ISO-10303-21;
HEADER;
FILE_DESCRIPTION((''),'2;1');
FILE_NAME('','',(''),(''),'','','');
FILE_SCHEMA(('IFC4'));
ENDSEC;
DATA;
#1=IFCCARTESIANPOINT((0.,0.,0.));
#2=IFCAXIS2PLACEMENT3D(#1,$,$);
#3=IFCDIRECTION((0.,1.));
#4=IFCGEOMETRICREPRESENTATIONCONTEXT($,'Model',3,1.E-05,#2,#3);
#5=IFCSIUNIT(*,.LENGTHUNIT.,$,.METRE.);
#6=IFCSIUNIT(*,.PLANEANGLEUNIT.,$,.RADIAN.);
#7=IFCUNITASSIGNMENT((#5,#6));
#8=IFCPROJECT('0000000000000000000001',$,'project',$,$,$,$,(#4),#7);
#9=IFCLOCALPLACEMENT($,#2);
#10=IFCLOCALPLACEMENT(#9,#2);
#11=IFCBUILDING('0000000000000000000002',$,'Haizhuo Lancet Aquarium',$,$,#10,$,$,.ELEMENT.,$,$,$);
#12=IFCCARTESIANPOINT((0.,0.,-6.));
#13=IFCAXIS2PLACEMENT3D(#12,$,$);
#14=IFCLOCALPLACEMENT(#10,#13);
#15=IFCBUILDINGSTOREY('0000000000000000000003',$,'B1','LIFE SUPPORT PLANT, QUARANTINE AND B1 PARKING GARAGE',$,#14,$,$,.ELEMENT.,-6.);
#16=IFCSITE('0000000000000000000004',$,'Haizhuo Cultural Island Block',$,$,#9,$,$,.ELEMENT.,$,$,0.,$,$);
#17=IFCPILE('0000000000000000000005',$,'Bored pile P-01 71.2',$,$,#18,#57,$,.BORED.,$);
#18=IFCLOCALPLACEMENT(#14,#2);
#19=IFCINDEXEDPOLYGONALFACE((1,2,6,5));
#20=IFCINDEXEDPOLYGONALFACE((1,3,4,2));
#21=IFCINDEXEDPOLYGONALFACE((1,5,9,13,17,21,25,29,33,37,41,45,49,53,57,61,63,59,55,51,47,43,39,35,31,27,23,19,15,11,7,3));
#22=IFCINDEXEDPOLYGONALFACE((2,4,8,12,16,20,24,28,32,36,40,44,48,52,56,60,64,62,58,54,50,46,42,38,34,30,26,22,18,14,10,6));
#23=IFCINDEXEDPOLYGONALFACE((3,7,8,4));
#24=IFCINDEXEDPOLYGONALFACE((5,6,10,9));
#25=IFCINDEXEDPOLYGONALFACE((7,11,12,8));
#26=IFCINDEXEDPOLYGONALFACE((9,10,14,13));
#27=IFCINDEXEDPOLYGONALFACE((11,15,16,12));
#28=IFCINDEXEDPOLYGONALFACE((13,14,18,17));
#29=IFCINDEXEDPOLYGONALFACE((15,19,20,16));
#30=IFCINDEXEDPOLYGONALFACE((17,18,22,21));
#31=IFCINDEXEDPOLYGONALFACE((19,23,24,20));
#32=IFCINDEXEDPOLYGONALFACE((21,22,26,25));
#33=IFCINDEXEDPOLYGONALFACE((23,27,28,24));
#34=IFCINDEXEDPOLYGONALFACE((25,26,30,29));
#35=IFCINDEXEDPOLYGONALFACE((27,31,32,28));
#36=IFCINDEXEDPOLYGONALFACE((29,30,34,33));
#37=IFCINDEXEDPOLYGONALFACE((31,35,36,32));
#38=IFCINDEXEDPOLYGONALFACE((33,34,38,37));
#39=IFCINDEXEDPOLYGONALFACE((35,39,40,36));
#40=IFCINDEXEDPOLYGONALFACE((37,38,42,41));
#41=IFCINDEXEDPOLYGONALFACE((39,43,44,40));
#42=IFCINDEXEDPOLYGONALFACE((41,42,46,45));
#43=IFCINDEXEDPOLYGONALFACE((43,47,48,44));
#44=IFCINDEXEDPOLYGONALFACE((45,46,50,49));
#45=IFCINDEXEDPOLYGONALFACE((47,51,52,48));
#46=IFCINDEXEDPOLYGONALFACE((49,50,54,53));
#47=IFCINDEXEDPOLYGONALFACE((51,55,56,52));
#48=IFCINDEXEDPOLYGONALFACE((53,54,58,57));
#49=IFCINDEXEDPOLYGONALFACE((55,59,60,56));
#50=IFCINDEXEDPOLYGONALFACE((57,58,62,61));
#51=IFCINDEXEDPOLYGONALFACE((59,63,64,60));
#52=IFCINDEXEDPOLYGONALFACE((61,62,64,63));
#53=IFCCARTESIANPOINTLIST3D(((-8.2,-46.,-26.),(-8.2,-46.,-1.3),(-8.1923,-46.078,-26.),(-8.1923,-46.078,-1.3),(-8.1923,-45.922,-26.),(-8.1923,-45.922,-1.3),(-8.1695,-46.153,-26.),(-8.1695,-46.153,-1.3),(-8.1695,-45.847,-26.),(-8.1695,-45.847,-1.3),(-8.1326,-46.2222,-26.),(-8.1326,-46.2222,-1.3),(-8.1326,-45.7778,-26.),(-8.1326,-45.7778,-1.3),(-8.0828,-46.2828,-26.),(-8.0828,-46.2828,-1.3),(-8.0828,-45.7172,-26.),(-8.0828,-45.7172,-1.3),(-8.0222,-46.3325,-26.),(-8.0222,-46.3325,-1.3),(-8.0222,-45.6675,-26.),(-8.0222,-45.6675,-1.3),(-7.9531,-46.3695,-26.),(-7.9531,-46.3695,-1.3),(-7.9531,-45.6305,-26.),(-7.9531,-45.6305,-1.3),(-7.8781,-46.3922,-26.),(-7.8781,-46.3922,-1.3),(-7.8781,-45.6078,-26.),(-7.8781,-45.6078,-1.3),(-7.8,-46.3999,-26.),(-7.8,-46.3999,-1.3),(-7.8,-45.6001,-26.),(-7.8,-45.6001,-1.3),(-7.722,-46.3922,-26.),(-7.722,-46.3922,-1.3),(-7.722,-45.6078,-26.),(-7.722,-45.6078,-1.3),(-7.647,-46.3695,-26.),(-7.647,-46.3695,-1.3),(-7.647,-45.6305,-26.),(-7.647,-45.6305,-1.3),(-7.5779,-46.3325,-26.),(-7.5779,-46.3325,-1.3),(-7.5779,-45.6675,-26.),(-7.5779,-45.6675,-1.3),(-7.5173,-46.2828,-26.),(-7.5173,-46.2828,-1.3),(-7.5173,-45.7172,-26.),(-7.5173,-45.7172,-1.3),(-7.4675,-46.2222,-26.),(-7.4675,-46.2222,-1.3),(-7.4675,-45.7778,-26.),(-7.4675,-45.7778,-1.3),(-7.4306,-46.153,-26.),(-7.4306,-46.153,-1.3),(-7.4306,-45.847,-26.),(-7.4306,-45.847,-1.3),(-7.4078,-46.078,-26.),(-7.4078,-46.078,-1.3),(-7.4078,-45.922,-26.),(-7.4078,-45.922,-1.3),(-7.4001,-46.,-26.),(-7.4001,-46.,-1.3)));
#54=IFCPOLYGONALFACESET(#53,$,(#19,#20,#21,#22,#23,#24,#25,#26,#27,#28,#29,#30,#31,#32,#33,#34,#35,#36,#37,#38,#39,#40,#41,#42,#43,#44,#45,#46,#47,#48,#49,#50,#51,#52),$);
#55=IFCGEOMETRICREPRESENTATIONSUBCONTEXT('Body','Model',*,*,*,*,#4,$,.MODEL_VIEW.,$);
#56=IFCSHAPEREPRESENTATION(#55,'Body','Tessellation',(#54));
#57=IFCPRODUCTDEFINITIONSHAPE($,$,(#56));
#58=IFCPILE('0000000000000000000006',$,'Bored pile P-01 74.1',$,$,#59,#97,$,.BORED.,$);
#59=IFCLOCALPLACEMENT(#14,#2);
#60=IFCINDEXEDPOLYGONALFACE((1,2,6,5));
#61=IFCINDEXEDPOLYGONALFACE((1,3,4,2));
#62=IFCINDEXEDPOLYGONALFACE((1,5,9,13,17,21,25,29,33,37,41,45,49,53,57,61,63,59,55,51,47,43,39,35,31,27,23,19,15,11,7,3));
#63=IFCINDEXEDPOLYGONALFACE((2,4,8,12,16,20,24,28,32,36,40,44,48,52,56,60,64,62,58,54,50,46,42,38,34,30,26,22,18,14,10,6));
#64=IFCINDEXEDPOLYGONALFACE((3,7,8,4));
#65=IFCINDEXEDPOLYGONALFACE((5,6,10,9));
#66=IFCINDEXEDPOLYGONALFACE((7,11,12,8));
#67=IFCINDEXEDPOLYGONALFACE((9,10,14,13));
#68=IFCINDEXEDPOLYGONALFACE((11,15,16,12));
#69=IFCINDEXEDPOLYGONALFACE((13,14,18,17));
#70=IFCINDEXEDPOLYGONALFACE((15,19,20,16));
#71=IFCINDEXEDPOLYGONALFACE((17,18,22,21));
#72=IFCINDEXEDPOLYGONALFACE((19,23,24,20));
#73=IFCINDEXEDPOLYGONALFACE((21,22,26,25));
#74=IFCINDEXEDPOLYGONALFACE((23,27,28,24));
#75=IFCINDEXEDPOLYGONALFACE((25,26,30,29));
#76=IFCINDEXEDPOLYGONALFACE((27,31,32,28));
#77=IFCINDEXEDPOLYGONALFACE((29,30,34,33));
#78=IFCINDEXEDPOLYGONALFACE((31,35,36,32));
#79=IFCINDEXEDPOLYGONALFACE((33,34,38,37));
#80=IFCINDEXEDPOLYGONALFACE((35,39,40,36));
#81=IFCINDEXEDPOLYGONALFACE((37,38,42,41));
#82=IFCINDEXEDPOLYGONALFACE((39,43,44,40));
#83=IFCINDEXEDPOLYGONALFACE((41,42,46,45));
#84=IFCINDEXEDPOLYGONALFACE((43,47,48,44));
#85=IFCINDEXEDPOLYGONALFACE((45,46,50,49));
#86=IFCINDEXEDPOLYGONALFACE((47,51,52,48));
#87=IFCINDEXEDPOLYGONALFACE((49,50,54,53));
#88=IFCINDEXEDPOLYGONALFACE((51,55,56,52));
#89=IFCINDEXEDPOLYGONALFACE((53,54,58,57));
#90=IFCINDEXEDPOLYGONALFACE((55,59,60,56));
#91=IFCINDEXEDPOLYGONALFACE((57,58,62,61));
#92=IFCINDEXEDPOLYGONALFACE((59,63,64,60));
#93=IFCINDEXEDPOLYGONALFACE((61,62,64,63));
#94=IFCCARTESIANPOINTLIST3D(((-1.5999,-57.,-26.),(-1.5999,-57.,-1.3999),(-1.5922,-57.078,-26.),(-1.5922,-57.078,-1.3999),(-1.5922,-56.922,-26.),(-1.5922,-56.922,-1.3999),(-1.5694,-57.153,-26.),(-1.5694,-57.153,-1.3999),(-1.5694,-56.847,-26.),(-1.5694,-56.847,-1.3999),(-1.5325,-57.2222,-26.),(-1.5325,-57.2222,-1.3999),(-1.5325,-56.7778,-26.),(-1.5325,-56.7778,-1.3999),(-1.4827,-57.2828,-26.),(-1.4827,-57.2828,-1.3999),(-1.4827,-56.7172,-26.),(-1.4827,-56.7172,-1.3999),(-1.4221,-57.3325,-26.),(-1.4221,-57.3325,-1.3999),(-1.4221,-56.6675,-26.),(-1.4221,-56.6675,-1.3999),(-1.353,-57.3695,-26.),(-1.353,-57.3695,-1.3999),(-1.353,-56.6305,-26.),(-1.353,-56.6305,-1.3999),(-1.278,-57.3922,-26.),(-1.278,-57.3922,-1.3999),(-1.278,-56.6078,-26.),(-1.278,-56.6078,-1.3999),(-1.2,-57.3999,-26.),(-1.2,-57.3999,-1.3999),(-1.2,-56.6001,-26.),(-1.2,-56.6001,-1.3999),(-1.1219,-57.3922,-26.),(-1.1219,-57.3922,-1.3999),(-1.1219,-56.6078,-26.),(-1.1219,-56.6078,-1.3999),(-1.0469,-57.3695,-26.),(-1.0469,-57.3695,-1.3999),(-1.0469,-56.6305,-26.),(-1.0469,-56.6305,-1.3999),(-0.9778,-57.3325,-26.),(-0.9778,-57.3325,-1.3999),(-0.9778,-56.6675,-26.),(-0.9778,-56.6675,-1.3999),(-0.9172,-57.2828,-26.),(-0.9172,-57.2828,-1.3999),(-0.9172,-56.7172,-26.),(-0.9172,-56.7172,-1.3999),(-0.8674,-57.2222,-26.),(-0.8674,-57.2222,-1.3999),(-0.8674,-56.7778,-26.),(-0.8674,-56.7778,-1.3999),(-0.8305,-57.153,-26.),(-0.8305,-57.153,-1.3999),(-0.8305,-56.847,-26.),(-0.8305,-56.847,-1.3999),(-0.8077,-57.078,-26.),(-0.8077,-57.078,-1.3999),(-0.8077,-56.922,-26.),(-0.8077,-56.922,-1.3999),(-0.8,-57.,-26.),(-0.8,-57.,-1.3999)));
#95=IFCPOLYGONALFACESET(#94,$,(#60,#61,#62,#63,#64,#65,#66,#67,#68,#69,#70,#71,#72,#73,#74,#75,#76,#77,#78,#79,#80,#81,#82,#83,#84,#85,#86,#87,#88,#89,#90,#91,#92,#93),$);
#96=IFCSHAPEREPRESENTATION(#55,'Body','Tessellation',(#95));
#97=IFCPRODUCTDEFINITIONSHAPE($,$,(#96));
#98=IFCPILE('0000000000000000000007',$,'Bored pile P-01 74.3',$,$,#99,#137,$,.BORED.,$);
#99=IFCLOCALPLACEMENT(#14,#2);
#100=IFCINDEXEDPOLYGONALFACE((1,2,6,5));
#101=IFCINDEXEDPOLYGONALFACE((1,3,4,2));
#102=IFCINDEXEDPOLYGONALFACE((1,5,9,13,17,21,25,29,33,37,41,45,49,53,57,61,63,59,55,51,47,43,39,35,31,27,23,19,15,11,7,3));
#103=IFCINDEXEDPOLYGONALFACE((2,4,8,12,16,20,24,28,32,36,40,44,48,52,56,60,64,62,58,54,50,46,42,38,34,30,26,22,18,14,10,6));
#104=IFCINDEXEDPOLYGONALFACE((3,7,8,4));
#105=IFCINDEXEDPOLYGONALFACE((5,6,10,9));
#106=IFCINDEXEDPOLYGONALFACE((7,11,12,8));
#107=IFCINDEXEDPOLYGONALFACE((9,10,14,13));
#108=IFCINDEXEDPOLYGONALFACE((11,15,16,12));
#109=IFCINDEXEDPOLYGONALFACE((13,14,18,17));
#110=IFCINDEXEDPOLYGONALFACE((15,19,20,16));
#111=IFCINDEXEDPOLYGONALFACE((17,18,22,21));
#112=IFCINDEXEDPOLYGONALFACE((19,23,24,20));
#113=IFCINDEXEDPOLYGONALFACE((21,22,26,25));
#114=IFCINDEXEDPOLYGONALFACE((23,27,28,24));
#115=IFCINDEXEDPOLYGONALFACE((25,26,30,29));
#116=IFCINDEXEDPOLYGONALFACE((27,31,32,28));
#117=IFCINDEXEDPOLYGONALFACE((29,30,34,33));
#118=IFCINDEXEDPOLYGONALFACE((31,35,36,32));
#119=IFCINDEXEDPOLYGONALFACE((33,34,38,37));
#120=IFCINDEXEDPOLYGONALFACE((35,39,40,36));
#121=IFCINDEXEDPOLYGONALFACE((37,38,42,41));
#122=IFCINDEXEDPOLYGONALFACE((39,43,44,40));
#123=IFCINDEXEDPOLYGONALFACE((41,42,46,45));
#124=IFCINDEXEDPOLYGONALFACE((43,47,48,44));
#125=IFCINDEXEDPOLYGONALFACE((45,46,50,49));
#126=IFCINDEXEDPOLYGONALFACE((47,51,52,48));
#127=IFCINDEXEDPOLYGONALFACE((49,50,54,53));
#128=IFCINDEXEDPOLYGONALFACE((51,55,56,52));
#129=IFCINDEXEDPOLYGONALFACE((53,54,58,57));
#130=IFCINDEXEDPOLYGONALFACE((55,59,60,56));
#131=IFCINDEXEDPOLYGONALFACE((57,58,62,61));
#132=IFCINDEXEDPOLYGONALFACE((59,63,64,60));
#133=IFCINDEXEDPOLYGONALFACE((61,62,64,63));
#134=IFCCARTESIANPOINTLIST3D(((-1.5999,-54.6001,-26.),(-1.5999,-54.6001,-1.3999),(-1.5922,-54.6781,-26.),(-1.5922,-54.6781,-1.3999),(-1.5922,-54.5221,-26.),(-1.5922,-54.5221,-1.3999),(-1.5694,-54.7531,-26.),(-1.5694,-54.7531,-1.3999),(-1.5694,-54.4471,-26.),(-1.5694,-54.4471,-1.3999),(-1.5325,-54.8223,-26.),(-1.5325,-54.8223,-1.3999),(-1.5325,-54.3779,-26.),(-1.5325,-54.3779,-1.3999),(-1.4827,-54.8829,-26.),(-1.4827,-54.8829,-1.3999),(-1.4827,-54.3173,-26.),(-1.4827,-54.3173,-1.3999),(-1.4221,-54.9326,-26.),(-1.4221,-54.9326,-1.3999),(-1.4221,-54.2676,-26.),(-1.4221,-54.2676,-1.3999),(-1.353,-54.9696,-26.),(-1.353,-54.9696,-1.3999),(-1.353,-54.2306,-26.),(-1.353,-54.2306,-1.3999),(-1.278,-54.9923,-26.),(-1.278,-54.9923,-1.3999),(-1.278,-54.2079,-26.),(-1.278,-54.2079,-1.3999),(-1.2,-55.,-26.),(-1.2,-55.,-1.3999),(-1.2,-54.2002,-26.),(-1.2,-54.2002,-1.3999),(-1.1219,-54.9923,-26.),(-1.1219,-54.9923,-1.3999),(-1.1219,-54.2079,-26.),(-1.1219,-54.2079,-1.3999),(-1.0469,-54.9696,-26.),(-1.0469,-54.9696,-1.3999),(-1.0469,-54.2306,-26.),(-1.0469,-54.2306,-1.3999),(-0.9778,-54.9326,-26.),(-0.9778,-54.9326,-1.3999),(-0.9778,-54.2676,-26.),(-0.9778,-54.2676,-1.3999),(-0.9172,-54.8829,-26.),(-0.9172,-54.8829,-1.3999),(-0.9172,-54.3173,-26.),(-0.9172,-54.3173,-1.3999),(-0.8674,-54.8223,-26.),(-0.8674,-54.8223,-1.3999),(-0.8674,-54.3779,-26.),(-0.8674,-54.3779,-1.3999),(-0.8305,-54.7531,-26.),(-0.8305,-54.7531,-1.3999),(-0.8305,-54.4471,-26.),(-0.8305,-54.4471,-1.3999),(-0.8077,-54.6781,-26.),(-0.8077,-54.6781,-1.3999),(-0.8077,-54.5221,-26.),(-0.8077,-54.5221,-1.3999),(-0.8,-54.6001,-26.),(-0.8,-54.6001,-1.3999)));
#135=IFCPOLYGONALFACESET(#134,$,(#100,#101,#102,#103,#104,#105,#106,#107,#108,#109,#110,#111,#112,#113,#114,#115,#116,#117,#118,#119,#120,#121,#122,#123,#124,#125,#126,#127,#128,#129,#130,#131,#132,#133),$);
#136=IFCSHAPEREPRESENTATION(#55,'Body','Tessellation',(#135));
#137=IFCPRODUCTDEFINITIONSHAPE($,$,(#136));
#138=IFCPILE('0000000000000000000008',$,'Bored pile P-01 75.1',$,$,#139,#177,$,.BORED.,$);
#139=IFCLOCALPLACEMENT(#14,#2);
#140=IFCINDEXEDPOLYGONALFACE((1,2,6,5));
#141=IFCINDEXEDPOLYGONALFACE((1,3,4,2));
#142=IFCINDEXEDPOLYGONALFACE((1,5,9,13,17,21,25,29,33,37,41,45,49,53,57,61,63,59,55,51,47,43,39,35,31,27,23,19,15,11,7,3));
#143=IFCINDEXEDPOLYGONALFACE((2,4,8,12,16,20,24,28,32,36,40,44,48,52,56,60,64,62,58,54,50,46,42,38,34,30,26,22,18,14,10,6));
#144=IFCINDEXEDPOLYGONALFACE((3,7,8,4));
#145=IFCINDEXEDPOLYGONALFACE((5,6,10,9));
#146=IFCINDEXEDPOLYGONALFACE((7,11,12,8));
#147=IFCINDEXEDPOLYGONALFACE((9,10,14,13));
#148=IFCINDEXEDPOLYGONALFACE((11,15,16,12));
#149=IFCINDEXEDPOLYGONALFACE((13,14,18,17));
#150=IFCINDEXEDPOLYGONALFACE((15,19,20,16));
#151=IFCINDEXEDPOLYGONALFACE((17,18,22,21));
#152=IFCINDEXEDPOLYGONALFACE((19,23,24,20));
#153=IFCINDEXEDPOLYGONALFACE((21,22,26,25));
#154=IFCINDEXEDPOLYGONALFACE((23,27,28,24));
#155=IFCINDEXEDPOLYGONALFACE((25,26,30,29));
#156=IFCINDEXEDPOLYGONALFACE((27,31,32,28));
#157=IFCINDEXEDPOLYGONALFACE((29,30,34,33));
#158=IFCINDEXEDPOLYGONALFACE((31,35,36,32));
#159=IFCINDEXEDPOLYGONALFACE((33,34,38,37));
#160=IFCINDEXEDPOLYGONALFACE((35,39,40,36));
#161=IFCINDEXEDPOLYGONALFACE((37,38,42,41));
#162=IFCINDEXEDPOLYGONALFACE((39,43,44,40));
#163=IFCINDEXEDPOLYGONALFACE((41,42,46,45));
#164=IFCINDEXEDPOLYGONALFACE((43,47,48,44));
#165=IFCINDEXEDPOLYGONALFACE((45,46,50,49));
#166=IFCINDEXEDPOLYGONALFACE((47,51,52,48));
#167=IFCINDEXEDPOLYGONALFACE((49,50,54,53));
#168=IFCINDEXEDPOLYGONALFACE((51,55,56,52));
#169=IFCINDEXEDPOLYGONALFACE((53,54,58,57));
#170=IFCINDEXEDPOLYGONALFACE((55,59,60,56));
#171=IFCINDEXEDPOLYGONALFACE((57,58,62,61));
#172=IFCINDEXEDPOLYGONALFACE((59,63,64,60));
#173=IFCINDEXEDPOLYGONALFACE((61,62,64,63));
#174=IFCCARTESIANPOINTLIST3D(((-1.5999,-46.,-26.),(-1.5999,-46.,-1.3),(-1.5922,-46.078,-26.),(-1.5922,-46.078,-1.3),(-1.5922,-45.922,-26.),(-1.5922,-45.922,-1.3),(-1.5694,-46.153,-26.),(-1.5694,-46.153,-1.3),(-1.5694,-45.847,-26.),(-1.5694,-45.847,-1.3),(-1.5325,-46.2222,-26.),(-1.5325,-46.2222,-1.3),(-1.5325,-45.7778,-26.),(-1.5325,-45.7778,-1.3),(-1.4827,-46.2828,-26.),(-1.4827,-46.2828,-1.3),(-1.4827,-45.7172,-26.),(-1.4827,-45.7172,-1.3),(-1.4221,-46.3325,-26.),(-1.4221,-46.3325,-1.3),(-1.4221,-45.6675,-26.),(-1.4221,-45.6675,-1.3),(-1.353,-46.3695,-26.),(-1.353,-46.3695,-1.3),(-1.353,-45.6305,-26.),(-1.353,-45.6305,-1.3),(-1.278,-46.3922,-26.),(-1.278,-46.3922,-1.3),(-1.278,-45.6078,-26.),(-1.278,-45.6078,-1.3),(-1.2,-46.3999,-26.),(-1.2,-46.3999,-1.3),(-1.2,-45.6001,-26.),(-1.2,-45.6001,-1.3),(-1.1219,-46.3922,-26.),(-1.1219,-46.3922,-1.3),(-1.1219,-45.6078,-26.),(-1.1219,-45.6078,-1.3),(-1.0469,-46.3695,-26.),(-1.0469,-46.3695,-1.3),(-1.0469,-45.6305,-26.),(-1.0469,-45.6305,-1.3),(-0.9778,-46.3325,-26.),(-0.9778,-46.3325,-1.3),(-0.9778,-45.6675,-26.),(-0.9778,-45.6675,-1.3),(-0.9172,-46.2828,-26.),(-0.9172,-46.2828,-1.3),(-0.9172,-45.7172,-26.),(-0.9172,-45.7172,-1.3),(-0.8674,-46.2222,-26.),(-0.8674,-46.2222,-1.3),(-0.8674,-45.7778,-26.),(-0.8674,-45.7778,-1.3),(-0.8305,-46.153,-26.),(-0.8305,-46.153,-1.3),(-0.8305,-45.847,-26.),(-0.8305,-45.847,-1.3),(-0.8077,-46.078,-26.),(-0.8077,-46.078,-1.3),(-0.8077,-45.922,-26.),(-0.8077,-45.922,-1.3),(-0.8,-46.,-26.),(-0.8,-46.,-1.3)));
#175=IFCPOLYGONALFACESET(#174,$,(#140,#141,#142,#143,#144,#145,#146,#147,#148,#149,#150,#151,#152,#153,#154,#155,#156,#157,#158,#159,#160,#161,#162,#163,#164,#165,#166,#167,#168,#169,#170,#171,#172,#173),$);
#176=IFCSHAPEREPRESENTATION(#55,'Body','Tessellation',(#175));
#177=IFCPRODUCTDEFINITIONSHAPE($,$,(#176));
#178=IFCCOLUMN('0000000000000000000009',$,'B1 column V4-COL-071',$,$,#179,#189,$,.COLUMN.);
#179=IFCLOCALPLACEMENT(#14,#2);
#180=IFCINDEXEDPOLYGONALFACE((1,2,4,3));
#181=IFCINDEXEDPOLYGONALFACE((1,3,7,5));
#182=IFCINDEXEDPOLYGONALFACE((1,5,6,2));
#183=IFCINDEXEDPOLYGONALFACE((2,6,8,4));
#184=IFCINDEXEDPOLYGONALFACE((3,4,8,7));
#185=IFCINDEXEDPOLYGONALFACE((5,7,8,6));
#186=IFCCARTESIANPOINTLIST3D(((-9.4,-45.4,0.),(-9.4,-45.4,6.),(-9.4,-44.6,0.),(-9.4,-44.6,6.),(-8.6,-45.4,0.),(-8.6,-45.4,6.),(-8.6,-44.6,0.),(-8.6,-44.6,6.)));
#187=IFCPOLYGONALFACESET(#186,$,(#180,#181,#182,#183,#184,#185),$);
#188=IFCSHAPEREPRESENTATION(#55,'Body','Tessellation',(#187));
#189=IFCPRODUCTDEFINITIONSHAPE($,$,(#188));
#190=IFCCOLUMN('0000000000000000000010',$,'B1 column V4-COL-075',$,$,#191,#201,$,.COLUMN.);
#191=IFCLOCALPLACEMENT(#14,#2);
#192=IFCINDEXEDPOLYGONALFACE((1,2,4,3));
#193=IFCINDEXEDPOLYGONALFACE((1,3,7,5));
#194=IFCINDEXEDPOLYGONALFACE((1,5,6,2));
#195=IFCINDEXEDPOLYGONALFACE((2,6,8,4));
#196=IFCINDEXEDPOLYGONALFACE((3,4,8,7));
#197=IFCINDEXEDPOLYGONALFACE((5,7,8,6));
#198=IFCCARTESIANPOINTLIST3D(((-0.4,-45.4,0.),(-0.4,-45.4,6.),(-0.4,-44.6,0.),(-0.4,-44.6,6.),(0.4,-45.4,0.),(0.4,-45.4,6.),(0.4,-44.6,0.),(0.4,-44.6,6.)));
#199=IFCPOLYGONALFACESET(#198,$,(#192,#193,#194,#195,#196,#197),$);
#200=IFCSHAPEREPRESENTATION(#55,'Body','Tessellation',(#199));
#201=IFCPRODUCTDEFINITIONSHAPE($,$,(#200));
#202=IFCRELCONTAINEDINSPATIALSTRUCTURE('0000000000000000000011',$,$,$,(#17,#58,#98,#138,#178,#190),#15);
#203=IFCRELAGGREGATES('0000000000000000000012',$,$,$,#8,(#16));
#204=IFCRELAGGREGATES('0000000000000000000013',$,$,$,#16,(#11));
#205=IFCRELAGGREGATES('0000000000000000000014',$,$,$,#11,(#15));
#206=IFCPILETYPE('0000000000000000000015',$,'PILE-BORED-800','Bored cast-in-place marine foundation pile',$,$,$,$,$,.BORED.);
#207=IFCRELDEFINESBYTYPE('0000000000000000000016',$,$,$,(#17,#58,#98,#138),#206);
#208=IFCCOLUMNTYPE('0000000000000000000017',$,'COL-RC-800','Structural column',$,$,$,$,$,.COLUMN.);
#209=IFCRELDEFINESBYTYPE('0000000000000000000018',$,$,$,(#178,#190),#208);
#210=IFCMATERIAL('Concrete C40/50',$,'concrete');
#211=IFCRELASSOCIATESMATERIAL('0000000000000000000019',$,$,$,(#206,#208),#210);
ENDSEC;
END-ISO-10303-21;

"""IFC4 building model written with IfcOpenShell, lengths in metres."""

from ifc_helpers import new_model, si_unit, direction, frame, origin, origin_2d, place, context, subcontext, project, spatial, rectangle, circle, extrude, material, material_profile, profile_set, type_object, element, save


model = new_model("IFC4")

# Units and contexts
model_context = context("Model", 3, precision=1e-05, world=origin(), true_north=direction((0.0, 1.0)))
body_context = subcontext(model_context, "Body", "Model", "MODEL_VIEW")
ifc_project = project(units=[si_unit("LENGTHUNIT", "METRE"), si_unit("PLANEANGLEUNIT", "RADIAN")], contexts=[model_context])

# Site, building, storey
site_placement = place(None, origin())
site = spatial("IfcSite", under=ifc_project, at=site_placement, Name="Haizhuo Cultural Island Block", CompositionType="ELEMENT", RefElevation=0.0)
building_placement = place(site_placement, origin())
building = spatial("IfcBuilding", under=site, at=building_placement, Name="Haizhuo Lancet Aquarium", CompositionType="ELEMENT")
storey_placement = place(building_placement, frame((0.0, 0.0, -6.0)))
storey = spatial("IfcBuildingStorey", under=building, at=storey_placement, Name="B1", Description="LIFE SUPPORT PLANT, QUARANTINE AND B1 PARKING GARAGE", CompositionType="ELEMENT", Elevation=-6.0)

# Shared definitions
ifc_material_1 = material(Name="Concrete C40/50", Category="concrete")

# Piles
ifc_material_profile_1 = material_profile(ifc_material_1, circle(Radius=0.3999, at=origin_2d()), Name="PILE-800")
ifc_profile_set_1 = profile_set([ifc_material_profile_1], Name="Concrete C40/50")
pile_type = type_object("IfcPileType", Name="PILE-BORED-800", Description="Bored cast-in-place marine foundation pile", PredefinedType="BORED", material=ifc_profile_set_1)
pile_1_placement = place(storey_placement, frame((-7.8, -46.0, -1.3), z_axis=(0.0, 0.0, -1.0), x_axis=(1.0, 0.0, 0.0)))
element("IfcPile", 1, at=pile_1_placement, inside=storey, type_object=pile_type, Name="Bored pile P-01 71.2", PredefinedType="BORED", context=body_context, shape_type="SweptSolid", body=[
    extrude(circle(Radius=0.3999, at=origin_2d()), origin(), (0.0, 0.0, 1.0), 24.7),
])
for number, where, z_axis, x_axis, name in (
    (2, (-1.2, -57.0, -1.3999), (0.0, 0.0, -1.0), (1.0, 0.0, 0.0), "Bored pile P-01 74.1"),
    (3, (-1.2, -54.6001, -1.3999), (0.0, 0.0, -1.0), (1.0, 0.0, 0.0), "Bored pile P-01 74.3"),
):
    element("IfcPile", number, at=place(storey_placement, frame(where, z_axis=z_axis, x_axis=x_axis)), inside=storey, type_object=pile_type, Name=name, PredefinedType="BORED", context=body_context, shape_type="SweptSolid", body=[
        extrude(circle(Radius=0.3999, at=origin_2d()), origin(), (0.0, 0.0, 1.0), 24.6001),
    ])
pile_2_placement = place(storey_placement, frame((-1.2, -46.0, -1.3), z_axis=(0.0, 0.0, -1.0), x_axis=(1.0, 0.0, 0.0)))
element("IfcPile", 4, at=pile_2_placement, inside=storey, type_object=pile_type, Name="Bored pile P-01 75.1", PredefinedType="BORED", context=body_context, shape_type="SweptSolid", body=[
    extrude(circle(Radius=0.3999, at=origin_2d()), origin(), (0.0, 0.0, 1.0), 24.7),
])

# Columns
ifc_material_profile_2 = material_profile(ifc_material_1, rectangle(XDim=0.8, YDim=0.8, at=origin_2d()), Name="RC-COL 800x800")
ifc_profile_set_2 = profile_set([ifc_material_profile_2], Name="Concrete C40/50")
column_type_1 = type_object("IfcColumnType", Name="COL-RC-800", Description="Structural column", PredefinedType="COLUMN", material=ifc_profile_set_2)
for number, where, z_axis, x_axis, name in (
    (5, (-9.0, -45.0, 0.0), (0.0, 0.0, 1.0), (1.0, 0.0, 0.0), "B1 column V4-COL-071"),
    (6, (0.0, -45.0, 0.0), (0.0, 0.0, 1.0), (1.0, 0.0, 0.0), "B1 column V4-COL-075"),
):
    element("IfcColumn", number, at=place(storey_placement, frame(where, z_axis=z_axis, x_axis=x_axis)), inside=storey, type_object=column_type_1, Name=name, PredefinedType="COLUMN", context=body_context, shape_type="SweptSolid", body=[
        extrude(rectangle(XDim=0.8, YDim=0.8, at=origin_2d()), origin(), (0.0, 0.0, 1.0), 6.0),
    ])

save(model, "model.ifc")
